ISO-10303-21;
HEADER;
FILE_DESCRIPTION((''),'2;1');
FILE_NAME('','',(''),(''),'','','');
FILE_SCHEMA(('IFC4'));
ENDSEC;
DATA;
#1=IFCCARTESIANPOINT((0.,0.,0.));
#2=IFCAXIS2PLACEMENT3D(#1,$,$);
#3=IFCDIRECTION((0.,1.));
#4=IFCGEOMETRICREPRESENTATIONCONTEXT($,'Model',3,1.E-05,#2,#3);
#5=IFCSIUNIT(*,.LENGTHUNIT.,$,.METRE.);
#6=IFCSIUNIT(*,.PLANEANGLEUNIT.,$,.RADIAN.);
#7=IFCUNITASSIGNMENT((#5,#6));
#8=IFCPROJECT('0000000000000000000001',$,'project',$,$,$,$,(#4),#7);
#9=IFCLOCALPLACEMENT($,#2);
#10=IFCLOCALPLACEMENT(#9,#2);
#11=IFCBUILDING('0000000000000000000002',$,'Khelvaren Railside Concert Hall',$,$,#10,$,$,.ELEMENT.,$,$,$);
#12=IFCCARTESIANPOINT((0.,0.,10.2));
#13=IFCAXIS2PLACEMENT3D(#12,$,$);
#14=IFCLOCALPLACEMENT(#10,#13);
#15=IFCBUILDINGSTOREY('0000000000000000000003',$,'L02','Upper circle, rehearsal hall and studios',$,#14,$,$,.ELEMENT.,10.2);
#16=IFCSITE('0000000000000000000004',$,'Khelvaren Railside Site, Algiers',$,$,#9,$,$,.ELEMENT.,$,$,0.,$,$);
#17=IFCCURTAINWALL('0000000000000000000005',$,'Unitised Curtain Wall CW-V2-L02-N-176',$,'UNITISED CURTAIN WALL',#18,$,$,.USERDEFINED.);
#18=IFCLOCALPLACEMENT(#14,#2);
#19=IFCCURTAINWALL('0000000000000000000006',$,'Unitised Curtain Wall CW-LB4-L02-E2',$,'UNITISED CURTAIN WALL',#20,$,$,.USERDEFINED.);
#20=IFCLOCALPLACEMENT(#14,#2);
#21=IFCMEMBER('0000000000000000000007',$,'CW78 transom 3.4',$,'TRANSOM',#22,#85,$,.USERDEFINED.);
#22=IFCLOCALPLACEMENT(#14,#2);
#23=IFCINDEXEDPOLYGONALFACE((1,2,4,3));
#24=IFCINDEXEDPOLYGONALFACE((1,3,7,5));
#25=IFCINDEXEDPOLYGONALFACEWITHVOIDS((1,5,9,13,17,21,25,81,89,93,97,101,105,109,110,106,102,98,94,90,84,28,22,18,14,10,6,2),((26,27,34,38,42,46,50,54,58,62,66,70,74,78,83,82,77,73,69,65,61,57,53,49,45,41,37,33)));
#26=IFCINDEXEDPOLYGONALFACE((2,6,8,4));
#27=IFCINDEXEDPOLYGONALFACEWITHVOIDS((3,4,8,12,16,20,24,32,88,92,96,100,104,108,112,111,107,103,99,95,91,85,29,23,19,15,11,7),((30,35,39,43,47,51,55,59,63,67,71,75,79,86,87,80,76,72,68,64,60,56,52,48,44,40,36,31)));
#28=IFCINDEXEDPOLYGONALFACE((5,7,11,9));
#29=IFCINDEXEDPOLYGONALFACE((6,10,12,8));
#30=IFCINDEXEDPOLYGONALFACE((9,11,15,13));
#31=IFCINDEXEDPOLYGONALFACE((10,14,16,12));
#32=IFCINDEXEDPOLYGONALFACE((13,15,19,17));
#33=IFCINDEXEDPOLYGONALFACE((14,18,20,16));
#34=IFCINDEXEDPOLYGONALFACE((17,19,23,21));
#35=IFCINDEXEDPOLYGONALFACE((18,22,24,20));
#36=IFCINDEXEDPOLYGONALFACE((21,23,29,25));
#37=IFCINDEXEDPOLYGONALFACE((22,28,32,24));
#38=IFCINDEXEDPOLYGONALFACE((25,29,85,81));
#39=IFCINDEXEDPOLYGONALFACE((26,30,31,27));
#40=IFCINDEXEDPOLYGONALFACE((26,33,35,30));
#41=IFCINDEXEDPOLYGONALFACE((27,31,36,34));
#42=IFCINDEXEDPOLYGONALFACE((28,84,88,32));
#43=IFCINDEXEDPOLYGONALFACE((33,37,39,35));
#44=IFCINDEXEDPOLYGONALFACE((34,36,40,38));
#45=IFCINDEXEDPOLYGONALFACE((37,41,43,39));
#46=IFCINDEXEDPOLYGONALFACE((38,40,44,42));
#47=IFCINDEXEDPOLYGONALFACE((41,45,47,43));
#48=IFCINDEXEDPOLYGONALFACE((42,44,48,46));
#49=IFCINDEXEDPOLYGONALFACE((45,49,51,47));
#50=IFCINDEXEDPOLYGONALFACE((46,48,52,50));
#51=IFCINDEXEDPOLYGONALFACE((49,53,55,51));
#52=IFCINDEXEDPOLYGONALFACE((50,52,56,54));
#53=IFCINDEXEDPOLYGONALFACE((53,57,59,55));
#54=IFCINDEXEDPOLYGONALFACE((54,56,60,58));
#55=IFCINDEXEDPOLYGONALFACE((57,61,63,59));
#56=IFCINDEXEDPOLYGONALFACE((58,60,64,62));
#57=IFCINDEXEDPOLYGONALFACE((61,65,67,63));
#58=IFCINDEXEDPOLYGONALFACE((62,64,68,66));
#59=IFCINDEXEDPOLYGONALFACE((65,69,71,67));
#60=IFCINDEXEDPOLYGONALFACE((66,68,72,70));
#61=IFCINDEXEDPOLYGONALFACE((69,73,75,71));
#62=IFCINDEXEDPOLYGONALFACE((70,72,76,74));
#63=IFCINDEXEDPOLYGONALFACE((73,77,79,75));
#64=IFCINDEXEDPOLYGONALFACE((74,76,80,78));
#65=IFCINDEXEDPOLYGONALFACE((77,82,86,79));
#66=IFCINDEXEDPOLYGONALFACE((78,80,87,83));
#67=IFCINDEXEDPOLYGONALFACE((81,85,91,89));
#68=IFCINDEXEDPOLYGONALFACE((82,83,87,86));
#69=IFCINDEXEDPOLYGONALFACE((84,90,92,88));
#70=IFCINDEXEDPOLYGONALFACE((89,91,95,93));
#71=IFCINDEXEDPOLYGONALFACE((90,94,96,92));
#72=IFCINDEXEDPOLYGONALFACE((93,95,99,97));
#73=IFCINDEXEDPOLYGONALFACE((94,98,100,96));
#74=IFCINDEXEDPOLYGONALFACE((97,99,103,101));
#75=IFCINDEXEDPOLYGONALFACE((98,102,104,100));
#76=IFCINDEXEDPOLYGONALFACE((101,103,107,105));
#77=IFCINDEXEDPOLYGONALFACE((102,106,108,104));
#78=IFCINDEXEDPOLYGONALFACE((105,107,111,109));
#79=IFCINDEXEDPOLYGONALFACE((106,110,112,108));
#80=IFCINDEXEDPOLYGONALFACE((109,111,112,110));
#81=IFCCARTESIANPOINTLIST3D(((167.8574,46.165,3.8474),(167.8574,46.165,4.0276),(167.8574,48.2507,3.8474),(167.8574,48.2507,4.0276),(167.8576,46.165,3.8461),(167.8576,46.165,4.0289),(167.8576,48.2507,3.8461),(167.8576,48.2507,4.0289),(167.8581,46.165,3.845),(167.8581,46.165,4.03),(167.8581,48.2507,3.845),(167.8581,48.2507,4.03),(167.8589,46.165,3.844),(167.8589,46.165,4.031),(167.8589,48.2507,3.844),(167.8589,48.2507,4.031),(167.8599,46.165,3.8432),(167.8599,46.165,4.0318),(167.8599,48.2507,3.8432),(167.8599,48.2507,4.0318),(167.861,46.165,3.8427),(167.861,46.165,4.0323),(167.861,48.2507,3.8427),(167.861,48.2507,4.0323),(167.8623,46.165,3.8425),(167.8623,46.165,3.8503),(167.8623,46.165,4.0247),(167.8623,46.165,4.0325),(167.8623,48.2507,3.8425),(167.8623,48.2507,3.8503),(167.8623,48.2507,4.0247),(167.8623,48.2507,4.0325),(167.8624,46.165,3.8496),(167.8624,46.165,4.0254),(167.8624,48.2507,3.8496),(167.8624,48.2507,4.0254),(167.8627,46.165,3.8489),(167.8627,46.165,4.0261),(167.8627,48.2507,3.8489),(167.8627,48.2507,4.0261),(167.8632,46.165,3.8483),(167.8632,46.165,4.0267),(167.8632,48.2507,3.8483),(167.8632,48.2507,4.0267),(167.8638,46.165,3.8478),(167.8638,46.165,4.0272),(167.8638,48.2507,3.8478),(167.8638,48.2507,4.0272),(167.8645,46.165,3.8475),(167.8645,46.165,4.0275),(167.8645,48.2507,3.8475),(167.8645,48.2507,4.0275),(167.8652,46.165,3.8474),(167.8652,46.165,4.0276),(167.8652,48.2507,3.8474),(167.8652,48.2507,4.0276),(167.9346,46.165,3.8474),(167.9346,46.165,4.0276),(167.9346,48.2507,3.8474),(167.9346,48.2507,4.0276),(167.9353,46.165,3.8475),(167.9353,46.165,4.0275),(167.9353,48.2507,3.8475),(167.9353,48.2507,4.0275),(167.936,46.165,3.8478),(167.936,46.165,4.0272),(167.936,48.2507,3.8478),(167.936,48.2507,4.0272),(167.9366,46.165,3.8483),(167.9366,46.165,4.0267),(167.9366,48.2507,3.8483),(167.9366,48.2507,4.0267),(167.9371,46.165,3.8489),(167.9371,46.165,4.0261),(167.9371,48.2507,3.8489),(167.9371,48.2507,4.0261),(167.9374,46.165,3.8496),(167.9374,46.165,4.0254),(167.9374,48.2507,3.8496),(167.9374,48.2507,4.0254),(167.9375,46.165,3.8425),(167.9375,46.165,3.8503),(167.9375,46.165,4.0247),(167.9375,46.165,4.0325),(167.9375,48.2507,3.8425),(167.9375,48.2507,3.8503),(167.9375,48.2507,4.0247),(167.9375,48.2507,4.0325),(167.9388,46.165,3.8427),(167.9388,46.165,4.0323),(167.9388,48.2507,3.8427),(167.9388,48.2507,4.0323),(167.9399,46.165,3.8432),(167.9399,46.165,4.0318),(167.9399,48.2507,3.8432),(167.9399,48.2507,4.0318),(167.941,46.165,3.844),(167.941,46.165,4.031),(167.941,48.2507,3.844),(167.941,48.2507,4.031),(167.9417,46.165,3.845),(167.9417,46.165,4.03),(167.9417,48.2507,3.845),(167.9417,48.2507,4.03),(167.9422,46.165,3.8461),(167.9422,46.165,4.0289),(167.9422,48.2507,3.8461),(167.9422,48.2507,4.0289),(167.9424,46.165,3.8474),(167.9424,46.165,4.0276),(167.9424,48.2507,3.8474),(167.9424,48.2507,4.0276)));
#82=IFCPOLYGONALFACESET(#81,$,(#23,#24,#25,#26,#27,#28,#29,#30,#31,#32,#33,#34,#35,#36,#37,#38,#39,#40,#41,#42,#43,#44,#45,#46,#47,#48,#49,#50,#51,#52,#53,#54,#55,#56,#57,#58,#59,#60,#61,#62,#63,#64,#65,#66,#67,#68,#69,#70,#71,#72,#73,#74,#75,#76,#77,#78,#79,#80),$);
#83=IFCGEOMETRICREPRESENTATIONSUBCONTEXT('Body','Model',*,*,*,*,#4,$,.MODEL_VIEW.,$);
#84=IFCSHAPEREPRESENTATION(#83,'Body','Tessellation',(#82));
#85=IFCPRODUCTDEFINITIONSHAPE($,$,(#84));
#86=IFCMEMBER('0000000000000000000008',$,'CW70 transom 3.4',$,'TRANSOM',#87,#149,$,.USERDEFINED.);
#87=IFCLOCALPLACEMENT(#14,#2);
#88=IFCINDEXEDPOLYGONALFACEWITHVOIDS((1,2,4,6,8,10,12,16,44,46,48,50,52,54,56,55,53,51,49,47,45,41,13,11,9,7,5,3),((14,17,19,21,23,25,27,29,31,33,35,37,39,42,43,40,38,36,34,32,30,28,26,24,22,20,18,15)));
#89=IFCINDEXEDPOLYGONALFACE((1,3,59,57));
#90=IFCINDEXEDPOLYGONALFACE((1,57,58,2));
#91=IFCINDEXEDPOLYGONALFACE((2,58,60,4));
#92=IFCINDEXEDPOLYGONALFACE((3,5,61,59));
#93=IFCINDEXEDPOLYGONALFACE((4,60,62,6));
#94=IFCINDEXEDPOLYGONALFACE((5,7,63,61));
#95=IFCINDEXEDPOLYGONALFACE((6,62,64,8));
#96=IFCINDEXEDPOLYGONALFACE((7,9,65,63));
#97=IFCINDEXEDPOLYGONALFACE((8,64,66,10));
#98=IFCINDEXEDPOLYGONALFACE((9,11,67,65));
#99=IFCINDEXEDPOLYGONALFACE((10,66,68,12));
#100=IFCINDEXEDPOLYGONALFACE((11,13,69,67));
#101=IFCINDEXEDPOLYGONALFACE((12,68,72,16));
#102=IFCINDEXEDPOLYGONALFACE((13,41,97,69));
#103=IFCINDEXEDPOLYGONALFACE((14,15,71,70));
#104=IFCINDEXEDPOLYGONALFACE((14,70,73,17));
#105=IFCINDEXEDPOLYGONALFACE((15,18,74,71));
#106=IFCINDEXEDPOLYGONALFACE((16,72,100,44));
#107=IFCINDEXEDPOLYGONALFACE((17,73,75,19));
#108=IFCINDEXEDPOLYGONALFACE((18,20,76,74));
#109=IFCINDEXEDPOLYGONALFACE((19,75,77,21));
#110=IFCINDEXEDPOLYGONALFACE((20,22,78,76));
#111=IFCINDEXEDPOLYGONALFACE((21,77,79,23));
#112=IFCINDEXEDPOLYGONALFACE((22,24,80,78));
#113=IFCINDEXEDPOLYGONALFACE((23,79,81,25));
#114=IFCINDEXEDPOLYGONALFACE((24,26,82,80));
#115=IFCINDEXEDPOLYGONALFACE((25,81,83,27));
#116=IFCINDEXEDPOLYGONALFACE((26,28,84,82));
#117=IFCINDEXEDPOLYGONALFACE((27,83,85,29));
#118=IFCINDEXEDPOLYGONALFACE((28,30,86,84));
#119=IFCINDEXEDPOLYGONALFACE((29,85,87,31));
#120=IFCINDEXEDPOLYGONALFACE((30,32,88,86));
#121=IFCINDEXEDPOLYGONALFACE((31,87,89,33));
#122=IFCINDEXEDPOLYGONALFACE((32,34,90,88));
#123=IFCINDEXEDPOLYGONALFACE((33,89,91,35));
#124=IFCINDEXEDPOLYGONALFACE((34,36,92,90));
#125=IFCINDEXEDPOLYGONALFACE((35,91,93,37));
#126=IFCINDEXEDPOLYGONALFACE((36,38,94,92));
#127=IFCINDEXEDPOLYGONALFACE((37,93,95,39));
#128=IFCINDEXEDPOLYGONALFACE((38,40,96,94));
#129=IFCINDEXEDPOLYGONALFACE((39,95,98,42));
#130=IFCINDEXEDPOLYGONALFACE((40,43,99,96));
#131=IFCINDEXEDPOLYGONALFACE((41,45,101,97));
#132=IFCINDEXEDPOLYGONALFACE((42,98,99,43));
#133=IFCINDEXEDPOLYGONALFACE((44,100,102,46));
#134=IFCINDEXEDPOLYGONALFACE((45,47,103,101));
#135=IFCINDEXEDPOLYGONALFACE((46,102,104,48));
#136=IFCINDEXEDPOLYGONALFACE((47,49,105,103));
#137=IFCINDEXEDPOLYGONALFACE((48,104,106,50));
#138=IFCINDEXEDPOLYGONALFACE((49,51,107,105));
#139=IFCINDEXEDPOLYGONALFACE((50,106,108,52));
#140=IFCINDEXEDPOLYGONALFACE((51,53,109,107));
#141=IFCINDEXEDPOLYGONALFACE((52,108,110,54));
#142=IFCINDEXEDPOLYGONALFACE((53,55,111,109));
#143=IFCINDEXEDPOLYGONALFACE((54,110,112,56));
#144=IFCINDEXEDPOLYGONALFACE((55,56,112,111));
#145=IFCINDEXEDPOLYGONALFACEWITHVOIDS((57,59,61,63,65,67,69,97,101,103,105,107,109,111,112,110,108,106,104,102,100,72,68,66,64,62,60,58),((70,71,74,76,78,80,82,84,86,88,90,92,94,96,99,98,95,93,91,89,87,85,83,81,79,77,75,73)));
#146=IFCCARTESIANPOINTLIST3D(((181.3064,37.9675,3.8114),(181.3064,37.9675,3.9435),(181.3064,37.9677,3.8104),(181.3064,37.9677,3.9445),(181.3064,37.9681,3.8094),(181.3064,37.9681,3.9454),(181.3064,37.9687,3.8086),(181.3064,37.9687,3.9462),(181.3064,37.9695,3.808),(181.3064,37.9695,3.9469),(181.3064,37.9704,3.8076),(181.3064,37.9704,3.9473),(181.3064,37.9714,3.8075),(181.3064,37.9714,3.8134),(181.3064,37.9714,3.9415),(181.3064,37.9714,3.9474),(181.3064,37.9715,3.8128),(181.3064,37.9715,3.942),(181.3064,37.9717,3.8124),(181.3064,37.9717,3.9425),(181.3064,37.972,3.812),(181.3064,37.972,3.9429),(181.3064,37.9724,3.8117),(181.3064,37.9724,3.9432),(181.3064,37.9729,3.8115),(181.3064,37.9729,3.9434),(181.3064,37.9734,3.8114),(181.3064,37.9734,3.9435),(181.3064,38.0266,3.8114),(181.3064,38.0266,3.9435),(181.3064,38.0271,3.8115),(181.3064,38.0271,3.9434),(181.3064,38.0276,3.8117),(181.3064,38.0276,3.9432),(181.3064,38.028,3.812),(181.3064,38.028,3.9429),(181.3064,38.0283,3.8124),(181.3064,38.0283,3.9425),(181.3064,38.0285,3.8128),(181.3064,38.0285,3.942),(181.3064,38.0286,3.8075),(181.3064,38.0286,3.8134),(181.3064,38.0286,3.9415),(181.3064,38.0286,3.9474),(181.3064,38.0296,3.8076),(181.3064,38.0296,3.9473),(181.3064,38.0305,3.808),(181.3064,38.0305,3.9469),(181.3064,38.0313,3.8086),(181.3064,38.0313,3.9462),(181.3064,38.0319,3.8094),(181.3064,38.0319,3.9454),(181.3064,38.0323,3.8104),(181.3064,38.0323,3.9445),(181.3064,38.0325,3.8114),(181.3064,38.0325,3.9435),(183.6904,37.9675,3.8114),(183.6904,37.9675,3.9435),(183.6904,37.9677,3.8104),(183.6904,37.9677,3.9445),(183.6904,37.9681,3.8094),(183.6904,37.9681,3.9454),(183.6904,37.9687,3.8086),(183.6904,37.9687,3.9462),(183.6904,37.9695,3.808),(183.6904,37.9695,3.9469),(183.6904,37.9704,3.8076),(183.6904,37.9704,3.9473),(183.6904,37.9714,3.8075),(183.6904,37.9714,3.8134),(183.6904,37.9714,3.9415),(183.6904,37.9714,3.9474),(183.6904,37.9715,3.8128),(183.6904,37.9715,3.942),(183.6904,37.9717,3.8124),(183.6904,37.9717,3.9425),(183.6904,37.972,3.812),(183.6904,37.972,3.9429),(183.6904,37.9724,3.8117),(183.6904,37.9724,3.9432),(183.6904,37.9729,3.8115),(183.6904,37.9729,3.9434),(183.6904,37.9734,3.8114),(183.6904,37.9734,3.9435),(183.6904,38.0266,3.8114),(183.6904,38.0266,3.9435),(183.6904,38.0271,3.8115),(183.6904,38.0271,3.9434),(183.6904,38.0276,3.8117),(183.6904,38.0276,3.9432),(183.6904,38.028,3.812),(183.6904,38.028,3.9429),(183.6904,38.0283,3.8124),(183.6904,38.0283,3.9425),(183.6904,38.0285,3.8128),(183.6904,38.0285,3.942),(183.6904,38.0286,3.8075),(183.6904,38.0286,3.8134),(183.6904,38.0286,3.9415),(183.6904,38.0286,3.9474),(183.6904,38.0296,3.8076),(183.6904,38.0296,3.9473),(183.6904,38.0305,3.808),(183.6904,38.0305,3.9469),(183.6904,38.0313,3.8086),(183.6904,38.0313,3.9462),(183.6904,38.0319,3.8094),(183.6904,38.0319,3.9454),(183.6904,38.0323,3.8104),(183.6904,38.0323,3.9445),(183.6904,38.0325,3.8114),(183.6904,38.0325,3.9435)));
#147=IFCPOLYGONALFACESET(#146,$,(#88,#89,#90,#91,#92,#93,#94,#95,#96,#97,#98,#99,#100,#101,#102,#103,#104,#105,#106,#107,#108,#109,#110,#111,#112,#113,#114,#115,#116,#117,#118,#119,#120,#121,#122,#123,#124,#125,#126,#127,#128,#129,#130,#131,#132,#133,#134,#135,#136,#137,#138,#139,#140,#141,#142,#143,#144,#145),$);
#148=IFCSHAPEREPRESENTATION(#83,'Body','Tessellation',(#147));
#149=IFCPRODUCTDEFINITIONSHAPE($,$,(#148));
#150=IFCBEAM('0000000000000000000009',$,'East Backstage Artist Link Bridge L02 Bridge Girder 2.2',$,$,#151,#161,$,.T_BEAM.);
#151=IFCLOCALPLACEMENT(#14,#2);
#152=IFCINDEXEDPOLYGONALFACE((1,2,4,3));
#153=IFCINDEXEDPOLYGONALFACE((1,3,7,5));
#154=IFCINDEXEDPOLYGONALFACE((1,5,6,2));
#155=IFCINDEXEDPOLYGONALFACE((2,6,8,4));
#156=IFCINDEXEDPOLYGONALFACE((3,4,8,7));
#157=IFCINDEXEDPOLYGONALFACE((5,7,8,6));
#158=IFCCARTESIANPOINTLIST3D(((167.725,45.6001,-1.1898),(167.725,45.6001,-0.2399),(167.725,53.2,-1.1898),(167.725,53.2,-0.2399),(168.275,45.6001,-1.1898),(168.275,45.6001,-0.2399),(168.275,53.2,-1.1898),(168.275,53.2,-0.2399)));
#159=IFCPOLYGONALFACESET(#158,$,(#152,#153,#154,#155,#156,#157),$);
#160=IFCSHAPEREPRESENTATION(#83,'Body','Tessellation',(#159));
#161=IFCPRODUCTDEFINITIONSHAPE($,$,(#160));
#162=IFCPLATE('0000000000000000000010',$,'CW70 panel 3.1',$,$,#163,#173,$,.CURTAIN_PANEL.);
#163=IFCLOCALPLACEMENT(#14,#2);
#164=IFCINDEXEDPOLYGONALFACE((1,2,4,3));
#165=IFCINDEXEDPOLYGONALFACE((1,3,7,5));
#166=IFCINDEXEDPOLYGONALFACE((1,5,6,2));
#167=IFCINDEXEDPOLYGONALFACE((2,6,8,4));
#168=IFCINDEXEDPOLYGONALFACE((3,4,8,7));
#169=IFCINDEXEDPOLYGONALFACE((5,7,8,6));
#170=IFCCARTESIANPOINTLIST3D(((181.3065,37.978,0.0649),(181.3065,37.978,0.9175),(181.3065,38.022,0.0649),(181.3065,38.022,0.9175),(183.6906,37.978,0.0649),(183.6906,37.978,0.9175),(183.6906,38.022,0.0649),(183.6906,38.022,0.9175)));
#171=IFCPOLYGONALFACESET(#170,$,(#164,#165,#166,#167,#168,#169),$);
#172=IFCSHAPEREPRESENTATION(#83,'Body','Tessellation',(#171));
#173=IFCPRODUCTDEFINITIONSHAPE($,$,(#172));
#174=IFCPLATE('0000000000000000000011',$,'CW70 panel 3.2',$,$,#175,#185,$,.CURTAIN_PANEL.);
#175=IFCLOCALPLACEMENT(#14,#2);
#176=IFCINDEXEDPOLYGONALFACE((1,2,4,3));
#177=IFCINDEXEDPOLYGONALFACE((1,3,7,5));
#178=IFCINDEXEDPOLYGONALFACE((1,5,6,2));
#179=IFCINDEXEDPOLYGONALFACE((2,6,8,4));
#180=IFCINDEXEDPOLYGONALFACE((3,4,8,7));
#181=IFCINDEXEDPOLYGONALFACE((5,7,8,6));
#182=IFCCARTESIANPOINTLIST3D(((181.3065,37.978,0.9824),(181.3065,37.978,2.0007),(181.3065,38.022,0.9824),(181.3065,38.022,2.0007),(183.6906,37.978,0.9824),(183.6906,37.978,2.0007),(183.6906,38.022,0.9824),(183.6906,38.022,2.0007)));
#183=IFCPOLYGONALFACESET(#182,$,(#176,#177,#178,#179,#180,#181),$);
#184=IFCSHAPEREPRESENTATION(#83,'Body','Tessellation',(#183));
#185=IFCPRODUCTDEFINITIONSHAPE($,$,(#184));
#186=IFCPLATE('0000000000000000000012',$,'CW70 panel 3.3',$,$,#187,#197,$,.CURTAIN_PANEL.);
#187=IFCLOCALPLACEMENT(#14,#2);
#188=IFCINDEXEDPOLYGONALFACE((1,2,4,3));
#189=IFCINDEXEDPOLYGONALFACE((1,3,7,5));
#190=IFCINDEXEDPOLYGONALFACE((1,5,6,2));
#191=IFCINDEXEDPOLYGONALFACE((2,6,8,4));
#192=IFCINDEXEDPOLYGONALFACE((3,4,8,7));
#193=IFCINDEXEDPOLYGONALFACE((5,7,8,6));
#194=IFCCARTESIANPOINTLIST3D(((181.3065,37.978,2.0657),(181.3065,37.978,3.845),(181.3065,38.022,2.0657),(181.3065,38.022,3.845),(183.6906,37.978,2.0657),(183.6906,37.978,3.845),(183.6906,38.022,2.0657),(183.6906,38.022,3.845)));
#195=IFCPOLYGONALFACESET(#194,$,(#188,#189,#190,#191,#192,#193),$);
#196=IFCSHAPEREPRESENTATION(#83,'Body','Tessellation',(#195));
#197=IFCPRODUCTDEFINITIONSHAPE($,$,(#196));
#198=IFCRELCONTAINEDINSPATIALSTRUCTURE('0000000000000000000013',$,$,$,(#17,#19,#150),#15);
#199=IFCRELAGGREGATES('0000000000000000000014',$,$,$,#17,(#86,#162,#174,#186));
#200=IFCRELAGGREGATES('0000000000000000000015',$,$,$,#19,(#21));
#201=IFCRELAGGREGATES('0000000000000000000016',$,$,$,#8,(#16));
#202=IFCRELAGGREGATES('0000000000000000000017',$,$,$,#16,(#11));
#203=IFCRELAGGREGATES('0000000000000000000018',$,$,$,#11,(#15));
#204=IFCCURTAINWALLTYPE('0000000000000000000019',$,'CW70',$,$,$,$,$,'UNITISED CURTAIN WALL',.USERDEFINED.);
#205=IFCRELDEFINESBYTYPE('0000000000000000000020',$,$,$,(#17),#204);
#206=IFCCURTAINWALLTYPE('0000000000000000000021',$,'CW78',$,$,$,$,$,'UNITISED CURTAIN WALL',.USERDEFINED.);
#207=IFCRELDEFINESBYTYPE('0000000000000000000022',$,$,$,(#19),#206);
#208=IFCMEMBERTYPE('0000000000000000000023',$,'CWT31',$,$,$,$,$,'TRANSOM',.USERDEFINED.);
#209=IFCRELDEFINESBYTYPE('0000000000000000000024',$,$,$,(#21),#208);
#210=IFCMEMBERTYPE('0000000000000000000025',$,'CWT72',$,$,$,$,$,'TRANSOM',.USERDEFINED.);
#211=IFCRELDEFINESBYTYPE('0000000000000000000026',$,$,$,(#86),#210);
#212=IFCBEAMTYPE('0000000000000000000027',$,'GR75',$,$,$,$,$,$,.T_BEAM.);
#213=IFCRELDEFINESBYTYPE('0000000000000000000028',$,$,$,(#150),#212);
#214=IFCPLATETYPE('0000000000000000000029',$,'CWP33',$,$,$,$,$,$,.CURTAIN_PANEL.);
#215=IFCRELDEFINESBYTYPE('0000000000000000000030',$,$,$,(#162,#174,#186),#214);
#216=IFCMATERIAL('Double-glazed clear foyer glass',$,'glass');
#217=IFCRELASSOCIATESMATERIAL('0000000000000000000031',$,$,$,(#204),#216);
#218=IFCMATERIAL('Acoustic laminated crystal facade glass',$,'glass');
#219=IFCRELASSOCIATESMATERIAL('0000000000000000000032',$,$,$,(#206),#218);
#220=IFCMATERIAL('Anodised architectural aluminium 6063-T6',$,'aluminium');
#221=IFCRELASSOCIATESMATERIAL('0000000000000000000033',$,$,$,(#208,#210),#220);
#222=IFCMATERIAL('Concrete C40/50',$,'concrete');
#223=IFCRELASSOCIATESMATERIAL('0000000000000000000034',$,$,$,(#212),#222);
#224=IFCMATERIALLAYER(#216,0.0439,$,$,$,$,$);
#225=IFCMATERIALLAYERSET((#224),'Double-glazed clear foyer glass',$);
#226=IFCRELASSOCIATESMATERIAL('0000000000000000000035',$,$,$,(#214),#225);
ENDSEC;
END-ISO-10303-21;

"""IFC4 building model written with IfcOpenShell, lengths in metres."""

from ifc_helpers import new_model, si_unit, direction, frame, origin, origin_2d, place, context, subcontext, project, spatial, rectangle, hollow_rectangle, extrude, material, layer, layer_set, material_profile, profile_set, type_object, element, aggregate, save


model = new_model("IFC4")

# Units and contexts
model_context = context("Model", 3, precision=1e-05, world=origin(), true_north=direction((0.0, 1.0)))
body_context = subcontext(model_context, "Body", "Model", "MODEL_VIEW")
ifc_project = project(units=[si_unit("LENGTHUNIT", "METRE"), si_unit("PLANEANGLEUNIT", "RADIAN")], contexts=[model_context])

# Site, building, storey
site_placement = place(None, origin())
site = spatial("IfcSite", under=ifc_project, at=site_placement, Name="Khelvaren Railside Site, Algiers", CompositionType="ELEMENT", RefElevation=0.0)
building_placement = place(site_placement, origin())
building = spatial("IfcBuilding", under=site, at=building_placement, Name="Khelvaren Railside Concert Hall", CompositionType="ELEMENT")
storey_placement = place(building_placement, frame((0.0, 0.0, 10.2)))
storey = spatial("IfcBuildingStorey", under=building, at=storey_placement, Name="L02", Description="Upper circle, rehearsal hall and studios", CompositionType="ELEMENT", Elevation=10.2)

# Curtain wall
ifc_material_1 = material(Name="Double-glazed clear foyer glass", Category="glass")
curtain_wall_type_1 = type_object("IfcCurtainWallType", Name="CW70", ElementType="UNITISED CURTAIN WALL", PredefinedType="USERDEFINED", material=ifc_material_1)
curtain_wall_1_placement = place(storey_placement, origin())
curtain_wall_1 = element("IfcCurtainWall", 1, at=curtain_wall_1_placement, inside=storey, type_object=curtain_wall_type_1, Name="Unitised Curtain Wall CW-V2-L02-N-176", ObjectType="UNITISED CURTAIN WALL", PredefinedType="USERDEFINED")
ifc_material_2 = material(Name="Anodised architectural aluminium 6063-T6", Category="aluminium")
ifc_material_3 = material(Name="Acoustic laminated crystal facade glass", Category="glass")
curtain_wall_type_2 = type_object("IfcCurtainWallType", Name="CW78", ElementType="UNITISED CURTAIN WALL", PredefinedType="USERDEFINED", material=ifc_material_3)

# Curtain wall
curtain_wall_2_placement = place(storey_placement, origin())
curtain_wall_2 = element("IfcCurtainWall", 2, at=curtain_wall_2_placement, inside=storey, type_object=curtain_wall_type_2, Name="Unitised Curtain Wall CW-LB4-L02-E2", ObjectType="UNITISED CURTAIN WALL", PredefinedType="USERDEFINED")

# Members
ifc_material_profile_1 = material_profile(ifc_material_2, hollow_rectangle(XDim=0.085, YDim=0.1899, WallThickness=0.0049, InnerFilletRadius=0.0029, OuterFilletRadius=0.0049, at=origin_2d()), Name="CWT 85x190x5")
ifc_profile_set_1 = profile_set([ifc_material_profile_1], Name="Anodised architectural aluminium 6063-T6")
member_type_1 = type_object("IfcMemberType", Name="CWT31", ElementType="TRANSOM", PredefinedType="USERDEFINED", material=ifc_profile_set_1)
member_1_placement = place(storey_placement, frame((167.8999, 48.2507, 3.9375), z_axis=(0.0, -1.0, 0.0), x_axis=(1.0, 0.0, 0.0)))
member_1 = element("IfcMember", 3, at=member_1_placement, type_object=member_type_1, Name="CW78 transom 3.4", ObjectType="TRANSOM", PredefinedType="USERDEFINED", context=body_context, shape_type="SweptSolid", body=[
    extrude(hollow_rectangle(XDim=0.085, YDim=0.1899, WallThickness=0.0049, InnerFilletRadius=0.0029, OuterFilletRadius=0.0049, at=origin_2d()), origin(), (0.0, 0.0, 1.0), 2.0857),
])
ifc_material_profile_2 = material_profile(ifc_material_2, hollow_rectangle(XDim=0.0649, YDim=0.1399, WallThickness=0.0039, InnerFilletRadius=0.002, OuterFilletRadius=0.0039, at=origin_2d()), Name="CWT 65x140x4")
ifc_profile_set_2 = profile_set([ifc_material_profile_2], Name="Anodised architectural aluminium 6063-T6")
member_type_2 = type_object("IfcMemberType", Name="CWT72", ElementType="TRANSOM", PredefinedType="USERDEFINED", material=ifc_profile_set_2)
member_2_placement = place(storey_placement, frame((181.3064, 38.0, 3.8774), z_axis=(1.0, 0.0, 0.0), x_axis=(0.0, 1.0, 0.0)))
member_2 = element("IfcMember", 4, at=member_2_placement, type_object=member_type_2, Name="CW70 transom 3.4", ObjectType="TRANSOM", PredefinedType="USERDEFINED", context=body_context, shape_type="SweptSolid", body=[
    extrude(hollow_rectangle(XDim=0.0649, YDim=0.1399, WallThickness=0.0039, InnerFilletRadius=0.002, OuterFilletRadius=0.0039, at=origin_2d()), origin(), (0.0, 0.0, 1.0), 2.384),
])

# Beam
ifc_material_4 = material(Name="Concrete C40/50", Category="concrete")
ifc_material_profile_3 = material_profile(ifc_material_4, rectangle(XDim=0.55, YDim=0.95, at=origin_2d()), Name="RCB 550x950")
ifc_profile_set_3 = profile_set([ifc_material_profile_3], Name="Concrete C40/50")
beam_type = type_object("IfcBeamType", Name="GR75", PredefinedType="T_BEAM", material=ifc_profile_set_3)
beam_placement = place(storey_placement, frame((168.0, 45.6001, -0.7148), z_axis=(0.0, 1.0, 0.0), x_axis=(-1.0, 0.0, 0.0)))
element("IfcBeam", 5, at=beam_placement, inside=storey, type_object=beam_type, Name="East Backstage Artist Link Bridge L02 Bridge Girder 2.2", PredefinedType="T_BEAM", context=body_context, shape_type="SweptSolid", body=[
    extrude(rectangle(XDim=0.55, YDim=0.95, at=origin_2d()), origin(), (0.0, 0.0, 1.0), 7.5999),
])

# Plates
ifc_layer_1 = layer(ifc_material_1, 0.0439)
ifc_layer_set_1 = layer_set([ifc_layer_1], Name="Double-glazed clear foyer glass")
plate_type_1 = type_object("IfcPlateType", Name="CWP33", PredefinedType="CURTAIN_PANEL", material=ifc_layer_set_1)
plate_1_placement = place(storey_placement, frame((182.4985, 38.0, 0.0649), z_axis=(0.0, 0.0, 1.0), x_axis=(1.0, 0.0, 0.0)))
plate_1 = element("IfcPlate", 6, at=plate_1_placement, type_object=plate_type_1, Name="CW70 panel 3.1", PredefinedType="CURTAIN_PANEL", context=body_context, shape_type="SweptSolid", body=[
    extrude(rectangle(XDim=2.384, YDim=0.0439, at=origin_2d()), origin(), (0.0, 0.0, 1.0), 0.8525),
])
plate_2_placement = place(storey_placement, frame((182.4985, 38.0, 0.9824), z_axis=(0.0, 0.0, 1.0), x_axis=(1.0, 0.0, 0.0)))
plate_2 = element("IfcPlate", 7, at=plate_2_placement, type_object=plate_type_1, Name="CW70 panel 3.2", PredefinedType="CURTAIN_PANEL", context=body_context, shape_type="SweptSolid", body=[
    extrude(rectangle(XDim=2.384, YDim=0.0439, at=origin_2d()), origin(), (0.0, 0.0, 1.0), 1.0183),
])
plate_3_placement = place(storey_placement, frame((182.4985, 38.0, 2.0657), z_axis=(0.0, 0.0, 1.0), x_axis=(1.0, 0.0, 0.0)))
plate_3 = element("IfcPlate", 8, at=plate_3_placement, type_object=plate_type_1, Name="CW70 panel 3.3", PredefinedType="CURTAIN_PANEL", context=body_context, shape_type="SweptSolid", body=[
    extrude(rectangle(XDim=2.384, YDim=0.0439, at=origin_2d()), origin(), (0.0, 0.0, 1.0), 1.7793),
])
aggregate(curtain_wall_1, [member_2, plate_1, plate_2, plate_3])
aggregate(curtain_wall_2, [member_1])

save(model, "model.ifc")
